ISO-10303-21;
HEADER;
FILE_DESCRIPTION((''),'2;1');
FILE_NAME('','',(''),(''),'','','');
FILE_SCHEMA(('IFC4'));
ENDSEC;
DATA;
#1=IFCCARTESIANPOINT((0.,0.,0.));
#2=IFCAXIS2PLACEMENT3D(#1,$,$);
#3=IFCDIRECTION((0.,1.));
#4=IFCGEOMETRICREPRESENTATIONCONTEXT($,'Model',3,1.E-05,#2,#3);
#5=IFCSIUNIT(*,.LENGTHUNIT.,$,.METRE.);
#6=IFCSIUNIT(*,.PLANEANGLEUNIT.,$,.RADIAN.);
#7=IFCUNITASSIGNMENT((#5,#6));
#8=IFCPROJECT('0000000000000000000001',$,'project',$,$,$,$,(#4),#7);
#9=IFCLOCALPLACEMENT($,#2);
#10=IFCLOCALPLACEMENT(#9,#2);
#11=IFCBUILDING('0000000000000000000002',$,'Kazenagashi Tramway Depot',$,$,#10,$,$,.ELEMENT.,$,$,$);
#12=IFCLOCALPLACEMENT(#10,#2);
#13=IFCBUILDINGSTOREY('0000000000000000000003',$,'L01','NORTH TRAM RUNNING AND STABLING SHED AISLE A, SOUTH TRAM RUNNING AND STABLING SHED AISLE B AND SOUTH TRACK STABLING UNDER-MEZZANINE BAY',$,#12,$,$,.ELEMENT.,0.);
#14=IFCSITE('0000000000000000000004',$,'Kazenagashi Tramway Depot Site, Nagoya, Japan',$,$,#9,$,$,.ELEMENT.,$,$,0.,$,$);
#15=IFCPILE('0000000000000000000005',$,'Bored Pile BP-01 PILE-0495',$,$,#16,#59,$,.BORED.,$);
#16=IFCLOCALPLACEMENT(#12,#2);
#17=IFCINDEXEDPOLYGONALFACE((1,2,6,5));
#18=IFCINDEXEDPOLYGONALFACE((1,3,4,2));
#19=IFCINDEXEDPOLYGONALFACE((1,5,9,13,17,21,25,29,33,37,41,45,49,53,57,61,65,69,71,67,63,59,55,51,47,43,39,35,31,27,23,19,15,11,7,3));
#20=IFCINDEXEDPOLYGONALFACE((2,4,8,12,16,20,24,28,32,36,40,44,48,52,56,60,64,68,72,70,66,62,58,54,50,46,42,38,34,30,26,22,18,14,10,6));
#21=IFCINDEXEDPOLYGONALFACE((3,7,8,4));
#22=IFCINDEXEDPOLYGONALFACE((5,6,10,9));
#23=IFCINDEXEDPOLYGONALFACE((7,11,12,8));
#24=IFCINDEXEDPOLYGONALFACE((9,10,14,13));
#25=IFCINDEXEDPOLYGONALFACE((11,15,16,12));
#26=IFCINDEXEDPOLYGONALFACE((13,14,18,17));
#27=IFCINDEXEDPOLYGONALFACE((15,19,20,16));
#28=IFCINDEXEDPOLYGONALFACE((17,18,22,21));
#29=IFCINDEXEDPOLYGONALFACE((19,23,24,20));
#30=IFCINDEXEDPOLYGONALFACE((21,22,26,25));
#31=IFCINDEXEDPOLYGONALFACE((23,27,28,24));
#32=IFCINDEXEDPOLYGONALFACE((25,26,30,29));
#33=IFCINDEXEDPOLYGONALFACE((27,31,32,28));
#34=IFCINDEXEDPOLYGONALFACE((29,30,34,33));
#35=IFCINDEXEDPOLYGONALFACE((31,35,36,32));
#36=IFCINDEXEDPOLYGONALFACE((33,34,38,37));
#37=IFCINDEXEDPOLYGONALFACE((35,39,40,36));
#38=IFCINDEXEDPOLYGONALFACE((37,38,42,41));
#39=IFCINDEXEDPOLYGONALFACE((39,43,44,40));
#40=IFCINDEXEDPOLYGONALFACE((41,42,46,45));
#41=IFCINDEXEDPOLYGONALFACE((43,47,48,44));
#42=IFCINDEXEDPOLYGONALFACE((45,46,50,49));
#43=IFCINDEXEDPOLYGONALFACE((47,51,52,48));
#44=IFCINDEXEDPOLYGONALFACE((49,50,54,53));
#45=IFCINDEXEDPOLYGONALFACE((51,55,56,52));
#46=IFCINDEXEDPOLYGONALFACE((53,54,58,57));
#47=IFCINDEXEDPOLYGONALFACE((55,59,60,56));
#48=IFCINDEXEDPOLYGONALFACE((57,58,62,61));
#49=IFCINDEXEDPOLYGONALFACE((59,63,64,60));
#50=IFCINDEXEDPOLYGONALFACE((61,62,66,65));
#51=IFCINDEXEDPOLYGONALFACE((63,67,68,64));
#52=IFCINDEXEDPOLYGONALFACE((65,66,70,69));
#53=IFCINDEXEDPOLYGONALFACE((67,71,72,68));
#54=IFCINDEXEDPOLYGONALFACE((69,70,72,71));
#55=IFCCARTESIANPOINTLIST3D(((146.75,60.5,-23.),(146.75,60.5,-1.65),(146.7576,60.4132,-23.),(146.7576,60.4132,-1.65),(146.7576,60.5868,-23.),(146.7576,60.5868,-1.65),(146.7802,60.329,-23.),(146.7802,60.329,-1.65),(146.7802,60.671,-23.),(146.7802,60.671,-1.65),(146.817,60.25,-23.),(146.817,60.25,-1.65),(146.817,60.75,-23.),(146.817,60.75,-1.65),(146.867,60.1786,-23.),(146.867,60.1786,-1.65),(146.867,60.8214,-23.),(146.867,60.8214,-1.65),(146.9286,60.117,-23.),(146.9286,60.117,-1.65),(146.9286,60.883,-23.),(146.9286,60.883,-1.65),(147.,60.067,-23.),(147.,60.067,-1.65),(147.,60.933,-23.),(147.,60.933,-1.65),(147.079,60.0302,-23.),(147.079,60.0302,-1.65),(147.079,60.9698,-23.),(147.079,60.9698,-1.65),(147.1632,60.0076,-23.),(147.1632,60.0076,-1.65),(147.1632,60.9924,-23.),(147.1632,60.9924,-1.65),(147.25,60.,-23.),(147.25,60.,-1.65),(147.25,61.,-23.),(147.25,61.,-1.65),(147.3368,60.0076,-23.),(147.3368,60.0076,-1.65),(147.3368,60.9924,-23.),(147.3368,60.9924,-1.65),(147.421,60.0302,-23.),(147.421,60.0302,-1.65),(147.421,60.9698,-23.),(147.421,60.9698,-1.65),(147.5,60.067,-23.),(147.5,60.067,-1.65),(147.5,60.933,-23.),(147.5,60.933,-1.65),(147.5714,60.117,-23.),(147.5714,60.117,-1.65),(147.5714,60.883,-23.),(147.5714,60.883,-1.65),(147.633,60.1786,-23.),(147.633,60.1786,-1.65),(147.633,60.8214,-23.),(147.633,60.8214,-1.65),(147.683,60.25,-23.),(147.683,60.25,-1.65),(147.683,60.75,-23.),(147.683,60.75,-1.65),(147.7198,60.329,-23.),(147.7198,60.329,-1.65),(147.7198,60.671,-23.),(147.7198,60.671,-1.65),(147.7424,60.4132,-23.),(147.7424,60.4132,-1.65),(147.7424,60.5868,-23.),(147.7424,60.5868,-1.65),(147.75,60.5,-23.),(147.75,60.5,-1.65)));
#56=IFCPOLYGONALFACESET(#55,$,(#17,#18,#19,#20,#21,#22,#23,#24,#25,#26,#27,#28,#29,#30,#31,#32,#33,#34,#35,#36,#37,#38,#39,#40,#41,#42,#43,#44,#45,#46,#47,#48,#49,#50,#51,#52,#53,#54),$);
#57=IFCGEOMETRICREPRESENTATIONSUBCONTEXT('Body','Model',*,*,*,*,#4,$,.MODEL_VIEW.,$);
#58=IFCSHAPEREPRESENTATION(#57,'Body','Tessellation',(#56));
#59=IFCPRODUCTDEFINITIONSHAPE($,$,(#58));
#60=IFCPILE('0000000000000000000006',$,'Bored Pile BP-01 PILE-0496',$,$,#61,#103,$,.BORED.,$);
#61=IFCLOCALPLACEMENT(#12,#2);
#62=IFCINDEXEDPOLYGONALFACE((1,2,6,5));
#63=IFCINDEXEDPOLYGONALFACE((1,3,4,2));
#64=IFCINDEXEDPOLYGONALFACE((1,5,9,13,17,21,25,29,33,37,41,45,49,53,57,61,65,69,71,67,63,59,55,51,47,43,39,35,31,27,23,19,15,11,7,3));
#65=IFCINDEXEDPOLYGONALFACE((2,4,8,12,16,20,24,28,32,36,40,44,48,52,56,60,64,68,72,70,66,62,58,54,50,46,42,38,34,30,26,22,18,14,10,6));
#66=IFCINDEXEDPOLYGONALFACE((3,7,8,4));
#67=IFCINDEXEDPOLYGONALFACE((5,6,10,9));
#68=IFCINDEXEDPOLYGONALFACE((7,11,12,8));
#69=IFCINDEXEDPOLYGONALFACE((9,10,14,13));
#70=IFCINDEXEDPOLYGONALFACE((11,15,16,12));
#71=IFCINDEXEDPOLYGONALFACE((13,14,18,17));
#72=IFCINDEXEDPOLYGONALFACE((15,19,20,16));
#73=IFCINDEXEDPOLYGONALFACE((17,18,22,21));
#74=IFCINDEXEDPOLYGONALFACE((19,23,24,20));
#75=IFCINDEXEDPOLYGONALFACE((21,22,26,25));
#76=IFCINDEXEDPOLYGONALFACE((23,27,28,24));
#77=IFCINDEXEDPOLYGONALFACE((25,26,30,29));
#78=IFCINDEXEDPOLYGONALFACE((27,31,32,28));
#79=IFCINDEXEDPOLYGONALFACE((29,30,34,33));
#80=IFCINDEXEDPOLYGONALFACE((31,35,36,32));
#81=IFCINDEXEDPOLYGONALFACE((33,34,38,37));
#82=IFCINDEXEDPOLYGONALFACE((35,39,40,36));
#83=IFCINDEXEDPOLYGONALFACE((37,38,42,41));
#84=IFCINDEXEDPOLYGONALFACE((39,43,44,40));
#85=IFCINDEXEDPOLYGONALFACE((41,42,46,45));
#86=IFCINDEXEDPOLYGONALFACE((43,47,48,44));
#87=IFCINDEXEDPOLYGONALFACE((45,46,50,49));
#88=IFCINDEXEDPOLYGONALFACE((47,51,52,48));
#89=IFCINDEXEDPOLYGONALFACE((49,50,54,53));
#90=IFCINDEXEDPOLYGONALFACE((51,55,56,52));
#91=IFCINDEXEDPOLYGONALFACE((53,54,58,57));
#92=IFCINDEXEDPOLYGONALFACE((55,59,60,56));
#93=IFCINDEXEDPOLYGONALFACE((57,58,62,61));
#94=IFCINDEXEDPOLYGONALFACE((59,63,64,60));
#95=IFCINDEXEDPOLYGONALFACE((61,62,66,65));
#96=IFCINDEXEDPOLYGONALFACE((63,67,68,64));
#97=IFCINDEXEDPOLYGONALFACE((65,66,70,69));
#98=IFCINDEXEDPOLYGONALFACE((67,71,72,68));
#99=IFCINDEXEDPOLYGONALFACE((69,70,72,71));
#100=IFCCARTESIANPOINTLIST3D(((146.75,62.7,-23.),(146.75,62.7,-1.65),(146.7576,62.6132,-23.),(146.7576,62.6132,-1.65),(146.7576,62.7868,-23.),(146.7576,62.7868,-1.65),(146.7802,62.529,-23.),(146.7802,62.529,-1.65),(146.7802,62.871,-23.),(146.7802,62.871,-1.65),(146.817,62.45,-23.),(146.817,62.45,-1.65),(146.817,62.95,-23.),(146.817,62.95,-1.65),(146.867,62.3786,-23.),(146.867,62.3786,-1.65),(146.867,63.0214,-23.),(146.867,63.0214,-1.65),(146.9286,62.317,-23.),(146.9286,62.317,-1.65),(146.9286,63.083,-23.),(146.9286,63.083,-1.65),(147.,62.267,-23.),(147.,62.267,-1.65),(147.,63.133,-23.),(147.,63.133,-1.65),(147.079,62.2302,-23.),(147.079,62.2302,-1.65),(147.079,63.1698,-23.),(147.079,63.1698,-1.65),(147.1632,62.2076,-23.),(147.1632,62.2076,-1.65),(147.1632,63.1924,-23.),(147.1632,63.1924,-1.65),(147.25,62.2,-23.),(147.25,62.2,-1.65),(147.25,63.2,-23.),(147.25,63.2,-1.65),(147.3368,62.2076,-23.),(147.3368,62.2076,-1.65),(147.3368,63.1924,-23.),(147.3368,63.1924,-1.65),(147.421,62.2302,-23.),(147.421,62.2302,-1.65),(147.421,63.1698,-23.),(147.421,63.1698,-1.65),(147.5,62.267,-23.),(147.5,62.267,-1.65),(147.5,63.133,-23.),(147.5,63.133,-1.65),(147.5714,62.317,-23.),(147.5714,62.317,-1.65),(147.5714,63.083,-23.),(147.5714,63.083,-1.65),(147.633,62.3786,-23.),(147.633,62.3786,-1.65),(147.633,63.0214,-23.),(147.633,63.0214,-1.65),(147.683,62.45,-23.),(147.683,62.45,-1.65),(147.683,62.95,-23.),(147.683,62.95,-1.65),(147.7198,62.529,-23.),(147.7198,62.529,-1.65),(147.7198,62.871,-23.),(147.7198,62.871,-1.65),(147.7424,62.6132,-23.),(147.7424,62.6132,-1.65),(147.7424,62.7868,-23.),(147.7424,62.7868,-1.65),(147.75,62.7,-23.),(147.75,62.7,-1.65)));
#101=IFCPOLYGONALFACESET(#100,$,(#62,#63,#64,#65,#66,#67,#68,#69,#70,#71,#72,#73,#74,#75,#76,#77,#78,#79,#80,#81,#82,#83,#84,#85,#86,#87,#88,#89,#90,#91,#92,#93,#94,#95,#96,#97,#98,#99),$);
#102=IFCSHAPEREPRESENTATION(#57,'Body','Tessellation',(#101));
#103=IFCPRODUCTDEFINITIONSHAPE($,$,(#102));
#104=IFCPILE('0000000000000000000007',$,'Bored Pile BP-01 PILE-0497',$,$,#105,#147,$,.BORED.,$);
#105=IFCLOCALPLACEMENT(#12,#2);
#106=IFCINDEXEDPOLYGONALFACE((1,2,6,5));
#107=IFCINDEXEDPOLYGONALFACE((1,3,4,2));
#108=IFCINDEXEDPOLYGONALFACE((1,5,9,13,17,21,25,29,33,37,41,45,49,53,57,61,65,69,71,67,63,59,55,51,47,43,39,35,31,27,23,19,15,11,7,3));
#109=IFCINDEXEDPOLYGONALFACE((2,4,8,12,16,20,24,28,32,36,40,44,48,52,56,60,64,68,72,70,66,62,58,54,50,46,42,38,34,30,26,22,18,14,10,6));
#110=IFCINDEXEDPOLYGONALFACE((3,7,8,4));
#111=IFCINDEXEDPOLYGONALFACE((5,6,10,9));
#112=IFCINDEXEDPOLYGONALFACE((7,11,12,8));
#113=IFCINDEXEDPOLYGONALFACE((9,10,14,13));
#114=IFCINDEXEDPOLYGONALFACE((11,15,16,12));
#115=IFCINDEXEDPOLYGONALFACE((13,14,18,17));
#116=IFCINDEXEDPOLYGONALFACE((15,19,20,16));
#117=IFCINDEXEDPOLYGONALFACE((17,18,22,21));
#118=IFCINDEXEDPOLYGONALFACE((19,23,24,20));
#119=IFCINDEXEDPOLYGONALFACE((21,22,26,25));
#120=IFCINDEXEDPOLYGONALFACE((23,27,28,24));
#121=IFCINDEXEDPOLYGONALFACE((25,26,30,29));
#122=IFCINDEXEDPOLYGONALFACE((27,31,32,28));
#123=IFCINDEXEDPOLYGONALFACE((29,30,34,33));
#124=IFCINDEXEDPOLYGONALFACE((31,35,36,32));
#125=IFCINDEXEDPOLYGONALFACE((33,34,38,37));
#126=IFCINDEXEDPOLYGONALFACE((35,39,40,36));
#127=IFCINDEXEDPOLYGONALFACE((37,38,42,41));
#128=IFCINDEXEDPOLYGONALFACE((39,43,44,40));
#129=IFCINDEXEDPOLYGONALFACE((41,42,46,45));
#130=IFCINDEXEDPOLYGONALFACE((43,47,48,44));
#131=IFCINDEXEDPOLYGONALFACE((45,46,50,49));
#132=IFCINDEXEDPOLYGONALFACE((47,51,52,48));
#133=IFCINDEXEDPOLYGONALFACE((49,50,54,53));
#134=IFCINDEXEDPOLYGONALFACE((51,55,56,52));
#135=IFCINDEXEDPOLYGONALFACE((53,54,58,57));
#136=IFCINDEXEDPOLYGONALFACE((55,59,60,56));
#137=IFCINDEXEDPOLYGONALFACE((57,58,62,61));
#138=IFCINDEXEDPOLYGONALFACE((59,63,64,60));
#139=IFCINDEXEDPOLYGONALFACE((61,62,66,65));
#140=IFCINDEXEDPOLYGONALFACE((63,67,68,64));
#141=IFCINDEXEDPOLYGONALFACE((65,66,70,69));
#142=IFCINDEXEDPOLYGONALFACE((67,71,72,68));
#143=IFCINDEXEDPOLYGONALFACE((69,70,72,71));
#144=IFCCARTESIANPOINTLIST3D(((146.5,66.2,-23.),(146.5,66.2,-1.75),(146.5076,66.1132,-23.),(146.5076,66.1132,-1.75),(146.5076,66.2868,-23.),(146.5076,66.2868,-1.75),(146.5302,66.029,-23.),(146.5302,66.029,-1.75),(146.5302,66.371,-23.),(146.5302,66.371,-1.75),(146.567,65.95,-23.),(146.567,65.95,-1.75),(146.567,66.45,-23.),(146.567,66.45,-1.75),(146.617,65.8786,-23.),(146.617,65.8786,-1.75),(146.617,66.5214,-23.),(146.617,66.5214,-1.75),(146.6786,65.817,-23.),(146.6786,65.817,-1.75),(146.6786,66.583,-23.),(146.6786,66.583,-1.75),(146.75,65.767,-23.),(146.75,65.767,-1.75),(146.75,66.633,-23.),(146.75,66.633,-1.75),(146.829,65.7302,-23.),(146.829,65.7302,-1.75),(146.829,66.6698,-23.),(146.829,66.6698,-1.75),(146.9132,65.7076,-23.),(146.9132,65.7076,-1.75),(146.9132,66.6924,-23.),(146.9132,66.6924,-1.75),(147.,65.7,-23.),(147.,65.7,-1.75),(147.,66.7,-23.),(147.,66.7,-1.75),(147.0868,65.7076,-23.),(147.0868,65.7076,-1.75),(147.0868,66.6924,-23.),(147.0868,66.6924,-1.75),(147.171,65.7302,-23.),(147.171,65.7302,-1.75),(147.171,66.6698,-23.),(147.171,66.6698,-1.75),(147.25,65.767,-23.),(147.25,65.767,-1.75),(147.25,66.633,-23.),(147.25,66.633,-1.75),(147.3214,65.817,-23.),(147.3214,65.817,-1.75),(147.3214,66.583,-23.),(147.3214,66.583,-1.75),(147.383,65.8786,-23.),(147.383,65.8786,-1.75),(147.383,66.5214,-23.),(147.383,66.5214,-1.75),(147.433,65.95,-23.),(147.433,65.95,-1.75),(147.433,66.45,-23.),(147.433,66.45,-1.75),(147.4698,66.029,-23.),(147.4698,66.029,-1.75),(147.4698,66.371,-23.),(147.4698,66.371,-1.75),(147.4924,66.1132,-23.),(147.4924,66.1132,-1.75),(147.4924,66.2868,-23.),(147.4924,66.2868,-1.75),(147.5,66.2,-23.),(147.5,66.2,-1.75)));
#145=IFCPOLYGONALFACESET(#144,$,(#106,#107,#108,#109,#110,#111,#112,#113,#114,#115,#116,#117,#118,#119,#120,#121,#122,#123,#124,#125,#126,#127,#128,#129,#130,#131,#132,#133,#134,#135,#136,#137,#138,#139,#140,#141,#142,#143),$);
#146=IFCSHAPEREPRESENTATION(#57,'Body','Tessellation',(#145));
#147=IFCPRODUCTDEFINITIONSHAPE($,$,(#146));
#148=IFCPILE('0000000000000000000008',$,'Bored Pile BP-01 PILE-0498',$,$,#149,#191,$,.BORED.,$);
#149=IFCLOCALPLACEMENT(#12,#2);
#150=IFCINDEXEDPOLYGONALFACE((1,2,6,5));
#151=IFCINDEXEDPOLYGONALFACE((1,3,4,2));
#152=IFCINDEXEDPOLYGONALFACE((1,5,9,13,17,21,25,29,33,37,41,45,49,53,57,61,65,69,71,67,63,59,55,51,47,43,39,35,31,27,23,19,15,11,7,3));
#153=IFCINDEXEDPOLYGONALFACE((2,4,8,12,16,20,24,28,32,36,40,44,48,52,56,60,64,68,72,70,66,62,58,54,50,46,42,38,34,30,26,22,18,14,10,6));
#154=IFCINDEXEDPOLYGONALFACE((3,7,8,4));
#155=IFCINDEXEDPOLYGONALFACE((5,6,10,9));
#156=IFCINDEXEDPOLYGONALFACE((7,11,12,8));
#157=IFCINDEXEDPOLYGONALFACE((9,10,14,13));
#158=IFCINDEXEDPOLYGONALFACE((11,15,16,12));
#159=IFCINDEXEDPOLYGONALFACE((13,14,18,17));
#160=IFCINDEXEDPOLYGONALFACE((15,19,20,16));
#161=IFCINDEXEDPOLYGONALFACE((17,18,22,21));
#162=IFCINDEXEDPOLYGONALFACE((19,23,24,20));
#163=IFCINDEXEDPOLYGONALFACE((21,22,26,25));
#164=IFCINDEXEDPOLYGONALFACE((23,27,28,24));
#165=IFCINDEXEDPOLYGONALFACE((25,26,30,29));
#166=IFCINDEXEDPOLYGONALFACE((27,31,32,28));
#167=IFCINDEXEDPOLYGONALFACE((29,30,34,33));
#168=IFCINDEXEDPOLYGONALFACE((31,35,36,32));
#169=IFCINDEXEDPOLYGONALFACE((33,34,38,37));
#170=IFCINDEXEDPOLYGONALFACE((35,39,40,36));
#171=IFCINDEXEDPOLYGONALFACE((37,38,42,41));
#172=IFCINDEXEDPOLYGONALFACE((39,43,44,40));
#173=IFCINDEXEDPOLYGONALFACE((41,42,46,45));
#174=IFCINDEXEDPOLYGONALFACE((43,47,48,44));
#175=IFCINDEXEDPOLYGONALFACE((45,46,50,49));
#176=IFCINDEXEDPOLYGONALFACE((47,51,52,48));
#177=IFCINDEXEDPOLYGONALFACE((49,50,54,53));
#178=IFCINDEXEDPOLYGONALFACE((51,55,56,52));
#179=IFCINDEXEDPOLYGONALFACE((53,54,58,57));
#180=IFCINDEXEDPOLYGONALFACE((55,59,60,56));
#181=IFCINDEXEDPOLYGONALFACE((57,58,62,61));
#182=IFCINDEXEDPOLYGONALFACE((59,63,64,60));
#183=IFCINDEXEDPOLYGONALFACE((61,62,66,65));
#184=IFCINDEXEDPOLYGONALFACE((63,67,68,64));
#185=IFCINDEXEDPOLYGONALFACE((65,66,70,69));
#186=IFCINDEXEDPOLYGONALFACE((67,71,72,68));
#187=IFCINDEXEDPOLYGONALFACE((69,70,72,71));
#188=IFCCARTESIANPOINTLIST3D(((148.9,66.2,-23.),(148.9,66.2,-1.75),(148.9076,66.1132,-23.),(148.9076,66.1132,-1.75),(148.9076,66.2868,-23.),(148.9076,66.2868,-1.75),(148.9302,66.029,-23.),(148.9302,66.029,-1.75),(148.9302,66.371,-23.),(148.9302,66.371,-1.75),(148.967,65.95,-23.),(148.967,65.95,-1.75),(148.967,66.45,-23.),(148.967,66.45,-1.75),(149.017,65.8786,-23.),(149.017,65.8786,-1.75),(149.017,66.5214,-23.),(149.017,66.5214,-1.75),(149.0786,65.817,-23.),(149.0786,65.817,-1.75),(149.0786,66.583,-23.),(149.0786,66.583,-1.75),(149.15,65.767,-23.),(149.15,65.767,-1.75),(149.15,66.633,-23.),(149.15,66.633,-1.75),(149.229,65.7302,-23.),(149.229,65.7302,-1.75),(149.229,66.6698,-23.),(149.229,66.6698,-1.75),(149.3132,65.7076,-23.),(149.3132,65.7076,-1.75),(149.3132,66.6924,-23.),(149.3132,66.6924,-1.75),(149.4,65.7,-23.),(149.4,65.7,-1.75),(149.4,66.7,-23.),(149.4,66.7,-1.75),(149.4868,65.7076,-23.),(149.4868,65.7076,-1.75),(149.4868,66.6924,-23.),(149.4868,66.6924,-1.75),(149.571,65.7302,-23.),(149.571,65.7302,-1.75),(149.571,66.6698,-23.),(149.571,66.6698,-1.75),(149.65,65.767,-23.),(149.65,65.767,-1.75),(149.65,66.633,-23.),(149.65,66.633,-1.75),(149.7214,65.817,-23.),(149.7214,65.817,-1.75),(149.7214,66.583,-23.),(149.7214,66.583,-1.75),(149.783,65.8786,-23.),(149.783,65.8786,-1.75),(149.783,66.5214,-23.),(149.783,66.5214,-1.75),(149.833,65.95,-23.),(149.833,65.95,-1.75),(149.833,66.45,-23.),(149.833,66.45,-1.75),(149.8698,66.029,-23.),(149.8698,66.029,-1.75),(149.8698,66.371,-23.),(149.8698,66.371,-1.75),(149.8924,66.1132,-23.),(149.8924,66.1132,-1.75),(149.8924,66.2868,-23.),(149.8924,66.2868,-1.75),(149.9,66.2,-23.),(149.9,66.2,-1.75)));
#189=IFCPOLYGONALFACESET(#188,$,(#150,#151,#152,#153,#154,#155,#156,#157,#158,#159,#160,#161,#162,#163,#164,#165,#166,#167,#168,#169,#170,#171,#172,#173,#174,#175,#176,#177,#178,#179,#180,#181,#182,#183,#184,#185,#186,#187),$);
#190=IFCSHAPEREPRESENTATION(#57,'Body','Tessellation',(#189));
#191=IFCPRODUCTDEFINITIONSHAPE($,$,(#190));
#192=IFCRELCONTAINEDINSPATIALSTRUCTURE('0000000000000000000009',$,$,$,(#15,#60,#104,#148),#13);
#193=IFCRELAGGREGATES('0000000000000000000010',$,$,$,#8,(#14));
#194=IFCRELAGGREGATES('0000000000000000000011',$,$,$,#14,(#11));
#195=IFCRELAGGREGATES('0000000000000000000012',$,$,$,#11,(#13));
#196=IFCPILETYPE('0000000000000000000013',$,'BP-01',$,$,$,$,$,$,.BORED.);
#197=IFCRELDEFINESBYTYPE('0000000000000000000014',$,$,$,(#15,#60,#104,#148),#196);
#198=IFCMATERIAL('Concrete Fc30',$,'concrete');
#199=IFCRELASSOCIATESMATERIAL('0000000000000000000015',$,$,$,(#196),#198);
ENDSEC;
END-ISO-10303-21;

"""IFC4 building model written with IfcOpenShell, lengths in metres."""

from ifc_helpers import new_model, si_unit, direction, frame, origin, origin_2d, place, context, subcontext, project, spatial, circle, extrude, material, material_profile, profile_set, type_object, element, save


model = new_model("IFC4")

# Units and contexts
model_context = context("Model", 3, precision=1e-05, world=origin(), true_north=direction((0.0, 1.0)))
body_context = subcontext(model_context, "Body", "Model", "MODEL_VIEW")
ifc_project = project(units=[si_unit("LENGTHUNIT", "METRE"), si_unit("PLANEANGLEUNIT", "RADIAN")], contexts=[model_context])

# Site, building, storey
site_placement = place(None, origin())
site = spatial("IfcSite", under=ifc_project, at=site_placement, Name="Kazenagashi Tramway Depot Site, Nagoya, Japan", CompositionType="ELEMENT", RefElevation=0.0)
building_placement = place(site_placement, origin())
building = spatial("IfcBuilding", under=site, at=building_placement, Name="Kazenagashi Tramway Depot", CompositionType="ELEMENT")
storey_placement = place(building_placement, origin())
storey = spatial("IfcBuildingStorey", under=building, at=storey_placement, Name="L01", Description="NORTH TRAM RUNNING AND STABLING SHED AISLE A, SOUTH TRAM RUNNING AND STABLING SHED AISLE B AND SOUTH TRACK STABLING UNDER-MEZZANINE BAY", CompositionType="ELEMENT", Elevation=0.0)

# Piles
ifc_material_1 = material(Name="Concrete Fc30", Category="concrete")
ifc_material_profile_1 = material_profile(ifc_material_1, circle(Radius=0.5, at=origin_2d()), Name="PILE-1000")
ifc_profile_set_1 = profile_set([ifc_material_profile_1], Name="Concrete Fc30")
pile_type = type_object("IfcPileType", Name="BP-01", PredefinedType="BORED", material=ifc_profile_set_1)
for number, where, z_axis, x_axis, name in (
    (1, (147.25, 60.5, -1.65), (0.0, 0.0, -1.0), (1.0, 0.0, 0.0), "Bored Pile BP-01 PILE-0495"),
    (2, (147.25, 62.7, -1.65), (0.0, 0.0, -1.0), (1.0, 0.0, 0.0), "Bored Pile BP-01 PILE-0496"),
):
    element("IfcPile", number, at=place(storey_placement, frame(where, z_axis=z_axis, x_axis=x_axis)), inside=storey, type_object=pile_type, Name=name, PredefinedType="BORED", context=body_context, shape_type="SweptSolid", body=[
        extrude(circle(Radius=0.5, at=origin_2d()), origin(), (0.0, 0.0, 1.0), 21.35),
    ])
for number, where, z_axis, x_axis, name in (
    (3, (147.0, 66.2, -1.75), (0.0, 0.0, -1.0), (1.0, 0.0, 0.0), "Bored Pile BP-01 PILE-0497"),
    (4, (149.4, 66.2, -1.75), (0.0, 0.0, -1.0), (1.0, 0.0, 0.0), "Bored Pile BP-01 PILE-0498"),
):
    element("IfcPile", number, at=place(storey_placement, frame(where, z_axis=z_axis, x_axis=x_axis)), inside=storey, type_object=pile_type, Name=name, PredefinedType="BORED", context=body_context, shape_type="SweptSolid", body=[
        extrude(circle(Radius=0.5, at=origin_2d()), origin(), (0.0, 0.0, 1.0), 21.25),
    ])

save(model, "model.ifc")
